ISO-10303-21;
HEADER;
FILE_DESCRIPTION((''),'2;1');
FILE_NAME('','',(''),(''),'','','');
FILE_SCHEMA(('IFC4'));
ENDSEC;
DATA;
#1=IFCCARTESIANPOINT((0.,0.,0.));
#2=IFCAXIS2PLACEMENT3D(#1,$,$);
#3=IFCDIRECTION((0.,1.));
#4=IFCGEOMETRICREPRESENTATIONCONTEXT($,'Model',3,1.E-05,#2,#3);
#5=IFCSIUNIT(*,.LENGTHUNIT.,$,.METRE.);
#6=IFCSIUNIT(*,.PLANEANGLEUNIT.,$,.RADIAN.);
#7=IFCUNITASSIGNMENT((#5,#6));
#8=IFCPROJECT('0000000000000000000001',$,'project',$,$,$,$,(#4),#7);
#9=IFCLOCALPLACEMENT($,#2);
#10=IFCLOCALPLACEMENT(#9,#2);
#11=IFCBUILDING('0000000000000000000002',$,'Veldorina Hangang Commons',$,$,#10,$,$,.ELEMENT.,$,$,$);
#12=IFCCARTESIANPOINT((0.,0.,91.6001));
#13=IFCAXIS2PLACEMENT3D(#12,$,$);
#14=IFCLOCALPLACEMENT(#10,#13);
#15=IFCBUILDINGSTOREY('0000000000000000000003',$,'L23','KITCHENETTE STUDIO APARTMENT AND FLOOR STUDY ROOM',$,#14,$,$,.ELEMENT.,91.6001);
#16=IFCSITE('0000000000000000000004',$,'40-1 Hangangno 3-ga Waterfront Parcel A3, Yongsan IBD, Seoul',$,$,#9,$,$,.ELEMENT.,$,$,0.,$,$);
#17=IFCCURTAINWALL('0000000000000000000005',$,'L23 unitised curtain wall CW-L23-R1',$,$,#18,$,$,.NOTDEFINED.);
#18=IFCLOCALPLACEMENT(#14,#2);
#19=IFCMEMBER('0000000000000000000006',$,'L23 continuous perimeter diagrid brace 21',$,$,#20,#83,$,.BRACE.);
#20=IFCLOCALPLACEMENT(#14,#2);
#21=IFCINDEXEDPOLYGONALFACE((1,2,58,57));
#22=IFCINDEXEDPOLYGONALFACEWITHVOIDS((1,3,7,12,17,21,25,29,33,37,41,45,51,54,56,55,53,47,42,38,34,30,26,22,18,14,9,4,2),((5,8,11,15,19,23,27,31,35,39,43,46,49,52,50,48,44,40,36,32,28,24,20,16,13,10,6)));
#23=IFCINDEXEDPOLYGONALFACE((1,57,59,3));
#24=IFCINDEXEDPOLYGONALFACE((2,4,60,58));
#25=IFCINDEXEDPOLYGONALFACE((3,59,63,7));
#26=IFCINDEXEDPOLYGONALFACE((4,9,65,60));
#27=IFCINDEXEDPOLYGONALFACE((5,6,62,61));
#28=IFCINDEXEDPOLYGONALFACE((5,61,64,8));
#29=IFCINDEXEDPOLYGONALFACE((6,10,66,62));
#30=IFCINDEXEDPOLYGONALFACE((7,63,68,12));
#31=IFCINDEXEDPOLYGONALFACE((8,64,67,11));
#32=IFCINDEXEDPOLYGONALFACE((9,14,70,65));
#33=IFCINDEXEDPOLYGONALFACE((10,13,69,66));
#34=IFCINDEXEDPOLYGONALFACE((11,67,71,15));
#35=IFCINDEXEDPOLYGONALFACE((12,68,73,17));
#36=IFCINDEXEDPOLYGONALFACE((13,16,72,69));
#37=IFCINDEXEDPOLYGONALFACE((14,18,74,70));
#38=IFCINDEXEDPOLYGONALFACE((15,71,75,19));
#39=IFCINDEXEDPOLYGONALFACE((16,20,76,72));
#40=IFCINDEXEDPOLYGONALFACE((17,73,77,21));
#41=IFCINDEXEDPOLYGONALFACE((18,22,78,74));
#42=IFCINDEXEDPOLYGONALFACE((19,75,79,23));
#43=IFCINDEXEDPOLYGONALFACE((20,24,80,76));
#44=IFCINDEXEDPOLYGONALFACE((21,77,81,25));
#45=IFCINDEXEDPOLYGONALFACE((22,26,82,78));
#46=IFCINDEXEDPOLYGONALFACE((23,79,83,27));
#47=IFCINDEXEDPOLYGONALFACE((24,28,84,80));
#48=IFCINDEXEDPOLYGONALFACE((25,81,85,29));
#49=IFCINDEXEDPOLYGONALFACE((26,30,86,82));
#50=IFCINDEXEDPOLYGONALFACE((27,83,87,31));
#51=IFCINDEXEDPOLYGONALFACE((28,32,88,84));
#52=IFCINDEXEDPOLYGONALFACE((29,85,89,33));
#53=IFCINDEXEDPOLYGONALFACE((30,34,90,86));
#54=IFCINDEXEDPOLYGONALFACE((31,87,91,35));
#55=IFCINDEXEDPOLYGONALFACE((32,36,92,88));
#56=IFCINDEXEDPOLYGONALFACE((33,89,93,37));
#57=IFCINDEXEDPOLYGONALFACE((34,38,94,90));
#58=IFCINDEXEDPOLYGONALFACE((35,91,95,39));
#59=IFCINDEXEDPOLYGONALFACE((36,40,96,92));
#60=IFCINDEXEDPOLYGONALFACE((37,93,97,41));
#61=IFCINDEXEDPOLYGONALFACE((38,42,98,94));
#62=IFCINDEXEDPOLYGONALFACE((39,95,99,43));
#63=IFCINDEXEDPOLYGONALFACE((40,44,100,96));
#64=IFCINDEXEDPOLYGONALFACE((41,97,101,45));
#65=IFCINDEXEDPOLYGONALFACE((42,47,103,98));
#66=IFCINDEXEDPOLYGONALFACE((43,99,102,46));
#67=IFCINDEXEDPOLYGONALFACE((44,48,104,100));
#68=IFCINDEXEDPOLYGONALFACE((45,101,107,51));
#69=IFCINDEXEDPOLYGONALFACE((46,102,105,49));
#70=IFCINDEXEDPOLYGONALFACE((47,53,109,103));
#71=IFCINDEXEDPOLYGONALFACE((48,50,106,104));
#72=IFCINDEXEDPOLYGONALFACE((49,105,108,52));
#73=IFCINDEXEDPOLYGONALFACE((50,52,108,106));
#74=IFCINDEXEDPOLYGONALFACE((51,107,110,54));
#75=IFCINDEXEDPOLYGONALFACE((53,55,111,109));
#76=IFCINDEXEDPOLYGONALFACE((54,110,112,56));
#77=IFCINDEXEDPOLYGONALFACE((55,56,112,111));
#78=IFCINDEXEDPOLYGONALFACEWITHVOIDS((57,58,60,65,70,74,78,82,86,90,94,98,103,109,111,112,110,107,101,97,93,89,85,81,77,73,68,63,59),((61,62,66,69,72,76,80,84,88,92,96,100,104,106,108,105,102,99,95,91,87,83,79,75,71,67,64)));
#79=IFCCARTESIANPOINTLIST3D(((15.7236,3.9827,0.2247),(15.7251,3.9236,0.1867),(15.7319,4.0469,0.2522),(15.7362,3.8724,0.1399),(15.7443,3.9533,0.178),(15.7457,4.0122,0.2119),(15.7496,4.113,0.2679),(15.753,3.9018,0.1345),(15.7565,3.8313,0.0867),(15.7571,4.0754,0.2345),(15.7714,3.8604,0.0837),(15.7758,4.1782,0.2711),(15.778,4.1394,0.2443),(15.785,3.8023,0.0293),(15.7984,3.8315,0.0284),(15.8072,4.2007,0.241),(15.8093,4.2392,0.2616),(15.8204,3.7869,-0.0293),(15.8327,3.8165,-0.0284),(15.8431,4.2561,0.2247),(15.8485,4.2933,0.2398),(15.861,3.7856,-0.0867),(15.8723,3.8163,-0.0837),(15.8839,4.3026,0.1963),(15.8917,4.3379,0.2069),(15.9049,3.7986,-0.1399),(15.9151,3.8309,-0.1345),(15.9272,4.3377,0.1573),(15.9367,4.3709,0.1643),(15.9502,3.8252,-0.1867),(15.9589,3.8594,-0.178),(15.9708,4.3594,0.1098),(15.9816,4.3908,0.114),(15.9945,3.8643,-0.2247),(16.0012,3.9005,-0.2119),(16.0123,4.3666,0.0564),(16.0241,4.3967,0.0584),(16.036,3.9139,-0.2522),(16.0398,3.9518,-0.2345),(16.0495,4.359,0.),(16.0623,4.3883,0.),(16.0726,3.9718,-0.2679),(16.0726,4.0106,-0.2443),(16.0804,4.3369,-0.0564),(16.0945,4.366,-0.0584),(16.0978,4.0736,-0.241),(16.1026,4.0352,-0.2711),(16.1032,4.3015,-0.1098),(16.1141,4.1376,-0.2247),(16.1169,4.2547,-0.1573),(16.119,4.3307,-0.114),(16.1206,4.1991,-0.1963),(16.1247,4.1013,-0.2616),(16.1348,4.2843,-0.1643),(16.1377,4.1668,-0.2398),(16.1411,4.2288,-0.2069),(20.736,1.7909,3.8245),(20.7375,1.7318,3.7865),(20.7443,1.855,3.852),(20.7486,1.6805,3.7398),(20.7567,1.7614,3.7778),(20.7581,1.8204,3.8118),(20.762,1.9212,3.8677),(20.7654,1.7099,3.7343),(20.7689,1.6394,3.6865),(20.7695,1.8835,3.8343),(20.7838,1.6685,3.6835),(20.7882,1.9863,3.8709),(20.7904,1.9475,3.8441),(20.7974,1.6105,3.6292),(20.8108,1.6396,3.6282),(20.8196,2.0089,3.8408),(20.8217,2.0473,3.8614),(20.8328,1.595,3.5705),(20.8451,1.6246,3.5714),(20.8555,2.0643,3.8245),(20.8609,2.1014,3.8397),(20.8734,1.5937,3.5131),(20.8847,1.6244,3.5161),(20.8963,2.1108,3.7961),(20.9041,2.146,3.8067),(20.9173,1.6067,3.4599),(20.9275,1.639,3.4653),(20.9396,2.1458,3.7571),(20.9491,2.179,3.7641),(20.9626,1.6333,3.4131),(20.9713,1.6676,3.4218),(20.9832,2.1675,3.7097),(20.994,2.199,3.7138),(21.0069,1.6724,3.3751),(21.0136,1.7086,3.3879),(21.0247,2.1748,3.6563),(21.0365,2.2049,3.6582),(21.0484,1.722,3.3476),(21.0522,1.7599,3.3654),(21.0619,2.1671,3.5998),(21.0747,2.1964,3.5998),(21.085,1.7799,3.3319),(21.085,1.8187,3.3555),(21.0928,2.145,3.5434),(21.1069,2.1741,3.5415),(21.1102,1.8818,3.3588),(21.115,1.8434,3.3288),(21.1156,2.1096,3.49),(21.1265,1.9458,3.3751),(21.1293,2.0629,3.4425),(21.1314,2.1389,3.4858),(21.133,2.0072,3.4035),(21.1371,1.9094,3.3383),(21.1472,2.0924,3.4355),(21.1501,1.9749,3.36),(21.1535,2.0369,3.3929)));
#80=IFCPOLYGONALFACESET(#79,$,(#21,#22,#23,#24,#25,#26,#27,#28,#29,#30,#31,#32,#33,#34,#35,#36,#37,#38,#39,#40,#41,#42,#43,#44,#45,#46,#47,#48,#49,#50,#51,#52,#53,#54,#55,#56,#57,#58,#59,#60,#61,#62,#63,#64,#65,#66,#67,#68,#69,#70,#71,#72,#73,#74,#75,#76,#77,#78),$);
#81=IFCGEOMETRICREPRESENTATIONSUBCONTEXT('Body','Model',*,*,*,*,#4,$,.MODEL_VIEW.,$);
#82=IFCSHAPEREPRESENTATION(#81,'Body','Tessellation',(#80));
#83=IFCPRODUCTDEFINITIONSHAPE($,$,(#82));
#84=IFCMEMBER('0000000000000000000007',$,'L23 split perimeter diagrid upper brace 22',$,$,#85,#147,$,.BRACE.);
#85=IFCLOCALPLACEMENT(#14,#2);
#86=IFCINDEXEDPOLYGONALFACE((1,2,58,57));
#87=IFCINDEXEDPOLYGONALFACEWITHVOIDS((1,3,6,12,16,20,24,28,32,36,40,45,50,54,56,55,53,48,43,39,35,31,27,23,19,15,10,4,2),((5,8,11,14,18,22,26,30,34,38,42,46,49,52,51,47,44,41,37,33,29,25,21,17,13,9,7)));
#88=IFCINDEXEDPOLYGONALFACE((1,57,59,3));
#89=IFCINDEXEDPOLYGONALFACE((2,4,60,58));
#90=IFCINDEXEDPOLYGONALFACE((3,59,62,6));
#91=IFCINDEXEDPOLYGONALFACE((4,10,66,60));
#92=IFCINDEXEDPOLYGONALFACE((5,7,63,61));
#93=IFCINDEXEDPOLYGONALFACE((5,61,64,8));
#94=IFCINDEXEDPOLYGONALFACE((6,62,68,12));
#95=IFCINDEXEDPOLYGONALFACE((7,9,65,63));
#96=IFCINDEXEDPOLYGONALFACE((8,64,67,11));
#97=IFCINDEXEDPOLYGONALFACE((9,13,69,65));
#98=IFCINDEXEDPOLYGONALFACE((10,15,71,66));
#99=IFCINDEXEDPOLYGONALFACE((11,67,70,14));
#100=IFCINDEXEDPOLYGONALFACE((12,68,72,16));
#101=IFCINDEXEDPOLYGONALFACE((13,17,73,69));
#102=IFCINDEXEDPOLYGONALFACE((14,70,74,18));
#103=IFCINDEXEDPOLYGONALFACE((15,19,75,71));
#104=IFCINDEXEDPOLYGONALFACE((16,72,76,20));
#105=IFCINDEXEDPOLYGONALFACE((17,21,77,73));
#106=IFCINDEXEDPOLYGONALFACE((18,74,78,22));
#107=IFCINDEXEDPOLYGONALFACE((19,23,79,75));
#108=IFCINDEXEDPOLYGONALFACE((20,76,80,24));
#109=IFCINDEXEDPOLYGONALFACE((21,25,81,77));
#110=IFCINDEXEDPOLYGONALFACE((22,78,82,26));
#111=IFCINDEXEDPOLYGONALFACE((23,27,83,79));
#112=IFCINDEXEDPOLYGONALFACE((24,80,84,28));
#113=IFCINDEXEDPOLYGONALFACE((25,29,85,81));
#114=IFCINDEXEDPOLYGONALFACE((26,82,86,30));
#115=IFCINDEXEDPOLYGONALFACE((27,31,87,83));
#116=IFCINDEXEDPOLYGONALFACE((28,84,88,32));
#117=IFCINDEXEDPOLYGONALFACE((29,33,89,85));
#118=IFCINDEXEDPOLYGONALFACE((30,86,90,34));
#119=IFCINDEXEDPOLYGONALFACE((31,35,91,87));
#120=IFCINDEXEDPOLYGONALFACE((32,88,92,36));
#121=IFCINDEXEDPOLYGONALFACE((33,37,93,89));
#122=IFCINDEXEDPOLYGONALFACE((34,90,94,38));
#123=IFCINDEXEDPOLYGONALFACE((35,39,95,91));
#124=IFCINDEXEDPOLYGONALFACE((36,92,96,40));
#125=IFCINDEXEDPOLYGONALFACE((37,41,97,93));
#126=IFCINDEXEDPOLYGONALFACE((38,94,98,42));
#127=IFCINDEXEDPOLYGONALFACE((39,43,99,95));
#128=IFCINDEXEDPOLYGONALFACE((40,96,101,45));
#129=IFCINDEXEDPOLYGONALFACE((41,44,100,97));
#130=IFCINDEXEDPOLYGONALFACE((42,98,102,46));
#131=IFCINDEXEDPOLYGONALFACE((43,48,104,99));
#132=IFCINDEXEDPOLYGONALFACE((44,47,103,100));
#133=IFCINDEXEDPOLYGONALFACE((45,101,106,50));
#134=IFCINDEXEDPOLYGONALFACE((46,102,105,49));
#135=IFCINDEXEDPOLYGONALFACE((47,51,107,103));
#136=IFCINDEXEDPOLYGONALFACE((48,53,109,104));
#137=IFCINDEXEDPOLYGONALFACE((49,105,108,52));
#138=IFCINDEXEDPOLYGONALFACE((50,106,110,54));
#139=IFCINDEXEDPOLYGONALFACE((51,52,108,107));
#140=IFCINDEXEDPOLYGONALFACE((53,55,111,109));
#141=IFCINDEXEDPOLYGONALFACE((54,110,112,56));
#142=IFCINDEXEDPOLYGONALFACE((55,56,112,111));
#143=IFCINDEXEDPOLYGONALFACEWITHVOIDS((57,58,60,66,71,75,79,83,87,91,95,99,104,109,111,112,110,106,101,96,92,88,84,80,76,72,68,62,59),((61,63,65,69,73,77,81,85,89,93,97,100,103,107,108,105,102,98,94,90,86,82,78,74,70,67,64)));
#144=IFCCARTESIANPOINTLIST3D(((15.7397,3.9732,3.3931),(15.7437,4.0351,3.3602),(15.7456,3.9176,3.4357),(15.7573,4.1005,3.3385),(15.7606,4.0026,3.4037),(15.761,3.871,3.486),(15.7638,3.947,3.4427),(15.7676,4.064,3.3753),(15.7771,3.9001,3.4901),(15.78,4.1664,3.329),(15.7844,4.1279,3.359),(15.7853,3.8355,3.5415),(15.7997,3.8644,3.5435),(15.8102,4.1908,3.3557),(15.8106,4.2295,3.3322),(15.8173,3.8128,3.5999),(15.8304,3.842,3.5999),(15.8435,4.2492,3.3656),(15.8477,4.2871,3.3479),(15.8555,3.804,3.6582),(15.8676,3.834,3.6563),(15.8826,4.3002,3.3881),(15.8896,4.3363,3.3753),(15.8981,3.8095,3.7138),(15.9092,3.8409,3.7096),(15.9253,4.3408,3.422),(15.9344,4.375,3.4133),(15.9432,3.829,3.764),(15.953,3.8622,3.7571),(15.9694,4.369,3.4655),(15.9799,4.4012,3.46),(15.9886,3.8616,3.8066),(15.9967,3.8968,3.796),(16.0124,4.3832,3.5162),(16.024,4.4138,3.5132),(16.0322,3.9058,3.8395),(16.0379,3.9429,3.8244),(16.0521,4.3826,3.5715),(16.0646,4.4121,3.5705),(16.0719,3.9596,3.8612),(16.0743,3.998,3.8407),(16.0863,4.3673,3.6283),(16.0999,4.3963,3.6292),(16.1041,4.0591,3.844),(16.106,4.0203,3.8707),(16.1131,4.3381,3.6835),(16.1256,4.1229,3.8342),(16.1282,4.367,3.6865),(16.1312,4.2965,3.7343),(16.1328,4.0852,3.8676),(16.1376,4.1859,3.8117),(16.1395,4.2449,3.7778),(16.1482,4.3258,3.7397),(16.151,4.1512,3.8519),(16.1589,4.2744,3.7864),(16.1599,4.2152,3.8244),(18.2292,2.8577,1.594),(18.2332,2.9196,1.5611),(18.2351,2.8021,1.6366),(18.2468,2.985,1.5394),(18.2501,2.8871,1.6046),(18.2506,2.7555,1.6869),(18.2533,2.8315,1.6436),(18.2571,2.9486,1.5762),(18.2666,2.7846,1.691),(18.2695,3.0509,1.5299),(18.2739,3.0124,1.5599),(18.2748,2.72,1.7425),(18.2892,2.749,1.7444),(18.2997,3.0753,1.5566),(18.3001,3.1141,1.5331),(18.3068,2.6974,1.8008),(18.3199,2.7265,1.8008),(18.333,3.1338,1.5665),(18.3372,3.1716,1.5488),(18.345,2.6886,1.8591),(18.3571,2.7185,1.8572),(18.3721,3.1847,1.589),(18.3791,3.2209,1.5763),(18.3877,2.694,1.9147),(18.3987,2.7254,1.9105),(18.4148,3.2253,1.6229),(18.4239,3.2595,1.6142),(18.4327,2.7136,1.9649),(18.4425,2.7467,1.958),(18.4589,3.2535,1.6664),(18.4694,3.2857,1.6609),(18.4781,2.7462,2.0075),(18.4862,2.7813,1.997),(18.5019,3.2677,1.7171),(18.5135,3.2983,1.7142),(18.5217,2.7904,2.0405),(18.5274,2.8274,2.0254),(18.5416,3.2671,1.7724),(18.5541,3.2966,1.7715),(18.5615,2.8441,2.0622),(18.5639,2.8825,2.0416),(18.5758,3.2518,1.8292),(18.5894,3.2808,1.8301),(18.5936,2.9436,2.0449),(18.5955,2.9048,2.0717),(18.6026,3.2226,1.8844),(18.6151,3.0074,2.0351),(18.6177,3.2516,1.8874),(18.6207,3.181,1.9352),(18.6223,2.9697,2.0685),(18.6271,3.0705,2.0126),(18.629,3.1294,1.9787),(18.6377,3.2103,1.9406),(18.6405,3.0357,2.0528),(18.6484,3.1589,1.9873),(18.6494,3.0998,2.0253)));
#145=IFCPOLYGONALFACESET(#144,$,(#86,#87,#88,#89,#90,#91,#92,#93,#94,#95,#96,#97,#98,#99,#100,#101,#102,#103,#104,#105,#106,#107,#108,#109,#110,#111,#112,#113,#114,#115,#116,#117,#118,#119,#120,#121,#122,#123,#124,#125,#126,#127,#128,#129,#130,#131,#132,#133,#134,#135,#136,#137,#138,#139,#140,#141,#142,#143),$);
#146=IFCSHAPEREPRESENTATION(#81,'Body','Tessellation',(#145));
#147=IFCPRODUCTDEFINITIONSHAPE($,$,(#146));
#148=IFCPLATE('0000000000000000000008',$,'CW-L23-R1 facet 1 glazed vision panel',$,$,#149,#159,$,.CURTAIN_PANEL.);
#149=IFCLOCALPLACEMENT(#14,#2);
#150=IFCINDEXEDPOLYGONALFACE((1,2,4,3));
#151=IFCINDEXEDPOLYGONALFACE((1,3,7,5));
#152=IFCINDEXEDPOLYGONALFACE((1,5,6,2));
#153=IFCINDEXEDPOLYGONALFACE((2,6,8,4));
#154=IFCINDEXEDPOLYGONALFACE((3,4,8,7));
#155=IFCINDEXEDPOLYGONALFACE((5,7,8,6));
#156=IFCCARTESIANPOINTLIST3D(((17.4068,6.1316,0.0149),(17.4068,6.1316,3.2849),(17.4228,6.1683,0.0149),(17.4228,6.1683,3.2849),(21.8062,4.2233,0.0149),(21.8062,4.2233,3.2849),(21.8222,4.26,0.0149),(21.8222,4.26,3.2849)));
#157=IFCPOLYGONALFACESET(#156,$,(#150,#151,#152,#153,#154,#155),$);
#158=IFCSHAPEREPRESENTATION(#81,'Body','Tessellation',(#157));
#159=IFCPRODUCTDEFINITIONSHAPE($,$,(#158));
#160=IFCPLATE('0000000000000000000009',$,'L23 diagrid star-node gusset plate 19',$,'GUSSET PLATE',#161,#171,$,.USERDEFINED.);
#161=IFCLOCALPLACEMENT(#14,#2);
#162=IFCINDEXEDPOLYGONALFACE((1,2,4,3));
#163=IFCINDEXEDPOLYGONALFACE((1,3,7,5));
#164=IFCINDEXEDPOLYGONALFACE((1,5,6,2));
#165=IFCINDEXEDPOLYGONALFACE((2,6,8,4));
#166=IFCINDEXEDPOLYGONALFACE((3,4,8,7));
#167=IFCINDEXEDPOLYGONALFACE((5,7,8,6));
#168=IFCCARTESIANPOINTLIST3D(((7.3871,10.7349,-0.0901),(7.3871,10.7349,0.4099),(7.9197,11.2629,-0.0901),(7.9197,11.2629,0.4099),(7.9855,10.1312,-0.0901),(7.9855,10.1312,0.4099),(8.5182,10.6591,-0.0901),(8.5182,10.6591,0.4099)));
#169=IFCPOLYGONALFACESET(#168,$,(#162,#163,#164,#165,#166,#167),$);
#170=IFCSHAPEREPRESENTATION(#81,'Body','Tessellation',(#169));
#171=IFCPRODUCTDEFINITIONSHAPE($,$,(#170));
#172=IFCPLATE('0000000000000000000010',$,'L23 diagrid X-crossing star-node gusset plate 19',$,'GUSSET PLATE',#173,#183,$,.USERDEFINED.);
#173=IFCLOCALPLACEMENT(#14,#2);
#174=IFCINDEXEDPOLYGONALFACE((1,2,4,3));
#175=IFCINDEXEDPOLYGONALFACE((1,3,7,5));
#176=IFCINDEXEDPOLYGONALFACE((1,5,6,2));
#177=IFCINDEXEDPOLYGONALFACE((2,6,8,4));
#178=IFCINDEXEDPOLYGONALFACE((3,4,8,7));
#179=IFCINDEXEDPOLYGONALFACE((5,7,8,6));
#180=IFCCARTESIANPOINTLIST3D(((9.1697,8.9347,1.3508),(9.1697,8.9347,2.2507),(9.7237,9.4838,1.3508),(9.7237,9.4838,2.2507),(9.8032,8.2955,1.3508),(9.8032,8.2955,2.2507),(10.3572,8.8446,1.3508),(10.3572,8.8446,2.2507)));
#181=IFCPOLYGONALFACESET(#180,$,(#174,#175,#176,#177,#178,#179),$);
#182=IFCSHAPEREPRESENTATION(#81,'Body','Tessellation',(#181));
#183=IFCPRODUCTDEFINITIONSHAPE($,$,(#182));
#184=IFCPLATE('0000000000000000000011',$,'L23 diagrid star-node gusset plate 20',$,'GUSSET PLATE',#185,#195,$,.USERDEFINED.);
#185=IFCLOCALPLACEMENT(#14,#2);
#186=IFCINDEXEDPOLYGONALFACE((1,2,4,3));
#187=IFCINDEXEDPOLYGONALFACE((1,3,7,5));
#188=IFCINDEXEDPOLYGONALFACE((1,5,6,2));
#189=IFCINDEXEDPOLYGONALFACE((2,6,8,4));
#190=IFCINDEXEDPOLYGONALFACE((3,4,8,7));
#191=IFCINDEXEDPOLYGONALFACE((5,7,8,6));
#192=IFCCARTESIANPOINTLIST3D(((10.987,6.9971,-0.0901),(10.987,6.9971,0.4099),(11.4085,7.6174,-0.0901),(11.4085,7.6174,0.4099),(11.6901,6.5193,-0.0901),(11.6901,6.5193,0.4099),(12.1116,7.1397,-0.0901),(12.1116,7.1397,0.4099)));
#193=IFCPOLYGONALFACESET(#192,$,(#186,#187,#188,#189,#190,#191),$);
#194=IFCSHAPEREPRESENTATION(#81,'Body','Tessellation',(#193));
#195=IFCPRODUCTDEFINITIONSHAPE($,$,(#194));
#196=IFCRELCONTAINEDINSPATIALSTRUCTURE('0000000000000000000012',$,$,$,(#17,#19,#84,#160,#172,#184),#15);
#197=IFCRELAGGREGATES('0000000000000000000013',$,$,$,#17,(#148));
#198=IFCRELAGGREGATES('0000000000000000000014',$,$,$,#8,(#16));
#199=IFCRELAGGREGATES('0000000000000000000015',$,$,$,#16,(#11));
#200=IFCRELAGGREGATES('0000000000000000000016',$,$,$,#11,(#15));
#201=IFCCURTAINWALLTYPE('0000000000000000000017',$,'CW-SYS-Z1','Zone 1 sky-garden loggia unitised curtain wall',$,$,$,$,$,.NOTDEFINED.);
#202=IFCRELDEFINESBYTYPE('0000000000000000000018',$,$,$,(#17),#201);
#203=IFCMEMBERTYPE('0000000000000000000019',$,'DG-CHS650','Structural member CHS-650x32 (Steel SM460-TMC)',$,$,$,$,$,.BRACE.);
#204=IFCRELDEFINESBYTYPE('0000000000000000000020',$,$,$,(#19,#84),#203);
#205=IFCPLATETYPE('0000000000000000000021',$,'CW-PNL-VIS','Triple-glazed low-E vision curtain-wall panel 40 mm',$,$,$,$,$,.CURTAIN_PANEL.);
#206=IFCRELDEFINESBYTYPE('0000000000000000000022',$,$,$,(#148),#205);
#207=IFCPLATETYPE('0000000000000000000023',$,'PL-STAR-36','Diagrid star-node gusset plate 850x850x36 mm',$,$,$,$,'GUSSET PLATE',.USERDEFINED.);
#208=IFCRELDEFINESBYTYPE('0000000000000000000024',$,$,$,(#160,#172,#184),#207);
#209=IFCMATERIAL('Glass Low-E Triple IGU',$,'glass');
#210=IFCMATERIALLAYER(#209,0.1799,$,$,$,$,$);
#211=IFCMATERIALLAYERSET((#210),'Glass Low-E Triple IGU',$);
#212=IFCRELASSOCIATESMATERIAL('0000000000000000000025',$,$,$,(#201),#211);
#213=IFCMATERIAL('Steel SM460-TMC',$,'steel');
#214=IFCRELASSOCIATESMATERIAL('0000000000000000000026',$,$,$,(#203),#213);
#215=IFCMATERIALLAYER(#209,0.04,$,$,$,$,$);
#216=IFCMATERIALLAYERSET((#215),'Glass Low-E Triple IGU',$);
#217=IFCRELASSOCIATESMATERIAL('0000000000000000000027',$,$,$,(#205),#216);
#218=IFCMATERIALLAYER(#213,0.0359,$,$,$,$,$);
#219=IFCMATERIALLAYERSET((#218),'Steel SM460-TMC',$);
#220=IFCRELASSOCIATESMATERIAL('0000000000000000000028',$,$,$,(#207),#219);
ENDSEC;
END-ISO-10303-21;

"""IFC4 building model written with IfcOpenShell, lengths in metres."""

from ifc_helpers import new_model, si_unit, direction, frame, origin, origin_2d, place, context, subcontext, project, spatial, rectangle, hollow_circle, extrude, material, layer, layer_set, material_profile, profile_set, type_object, element, aggregate, save


model = new_model("IFC4")

# Units and contexts
model_context = context("Model", 3, precision=1e-05, world=origin(), true_north=direction((0.0, 1.0)))
body_context = subcontext(model_context, "Body", "Model", "MODEL_VIEW")
ifc_project = project(units=[si_unit("LENGTHUNIT", "METRE"), si_unit("PLANEANGLEUNIT", "RADIAN")], contexts=[model_context])

# Site, building, storey
site_placement = place(None, origin())
site = spatial("IfcSite", under=ifc_project, at=site_placement, Name="40-1 Hangangno 3-ga Waterfront Parcel A3, Yongsan IBD, Seoul", CompositionType="ELEMENT", RefElevation=0.0)
building_placement = place(site_placement, origin())
building = spatial("IfcBuilding", under=site, at=building_placement, Name="Veldorina Hangang Commons", CompositionType="ELEMENT")
storey_placement = place(building_placement, frame((0.0, 0.0, 91.6001)))
storey = spatial("IfcBuildingStorey", under=building, at=storey_placement, Name="L23", Description="KITCHENETTE STUDIO APARTMENT AND FLOOR STUDY ROOM", CompositionType="ELEMENT", Elevation=91.6001)

# Curtain wall
ifc_material_1 = material(Name="Glass Low-E Triple IGU", Category="glass")
ifc_layer_1 = layer(ifc_material_1, 0.1799)
ifc_layer_set_1 = layer_set([ifc_layer_1], Name="Glass Low-E Triple IGU")
curtain_wall_type = type_object("IfcCurtainWallType", Name="CW-SYS-Z1", Description="Zone 1 sky-garden loggia unitised curtain wall", PredefinedType="NOTDEFINED", material=ifc_layer_set_1)
curtain_wall_placement = place(storey_placement, origin())
curtain_wall = element("IfcCurtainWall", 1, at=curtain_wall_placement, inside=storey, type_object=curtain_wall_type, Name="L23 unitised curtain wall CW-L23-R1", PredefinedType="NOTDEFINED")

# Members
ifc_material_2 = material(Name="Steel SM460-TMC", Category="steel")
ifc_material_profile_1 = material_profile(ifc_material_2, hollow_circle(Radius=0.325, WallThickness=0.032, at=origin_2d()), Name="CHS-650x32")
ifc_profile_set_1 = profile_set([ifc_material_profile_1], Name="Steel SM460-TMC")
member_type_1 = type_object("IfcMemberType", Name="DG-CHS650", Description="Structural member CHS-650x32 (Steel SM460-TMC)", PredefinedType="BRACE", material=ifc_profile_set_1)
member_1_placement = place(storey_placement, frame((15.9321, 4.0906, 0.0), z_axis=(0.765389, -0.334697, 0.549689), x_axis=(0.400657, 0.916228, 0.0)))
element("IfcMember", 2, at=member_1_placement, inside=storey, type_object=member_type_1, Name="L23 continuous perimeter diagrid brace 21", PredefinedType="BRACE", context=body_context, shape_type="SweptSolid", body=[
    extrude(hollow_circle(Radius=0.325, WallThickness=0.032, at=origin_2d()), origin(), (0.0, 0.0, 1.0), 6.5488),
])
member_2_placement = place(storey_placement, frame((18.4397, 2.9939, 1.8008), z_axis=(-0.761826, 0.341354, 0.550544), x_axis=(-0.408902, -0.912578, 0.0)))
element("IfcMember", 3, at=member_2_placement, inside=storey, type_object=member_type_1, Name="L23 split perimeter diagrid upper brace 22", PredefinedType="BRACE", context=body_context, shape_type="SweptSolid", body=[
    extrude(hollow_circle(Radius=0.325, WallThickness=0.032, at=origin_2d()), origin(), (0.0, 0.0, 1.0), 3.2678),
])

# Plate
ifc_layer_2 = layer(ifc_material_1, 0.04)
ifc_layer_set_2 = layer_set([ifc_layer_2], Name="Glass Low-E Triple IGU")
plate_type_1 = type_object("IfcPlateType", Name="CW-PNL-VIS", Description="Triple-glazed low-E vision curtain-wall panel 40 mm", PredefinedType="CURTAIN_PANEL", material=ifc_layer_set_2)
plate_1_placement = place(storey_placement, frame((19.6145, 5.1958, 0.0149), z_axis=(0.0, 0.0, 1.0), x_axis=(0.917415, -0.397933, 0.0)))
plate_1 = element("IfcPlate", 4, at=plate_1_placement, type_object=plate_type_1, Name="CW-L23-R1 facet 1 glazed vision panel", PredefinedType="CURTAIN_PANEL", context=body_context, shape_type="SweptSolid", body=[
    extrude(rectangle(XDim=4.7954, YDim=0.04, at=origin_2d()), origin(), (0.0, 0.0, 1.0), 3.27),
])
aggregate(curtain_wall, [plate_1])

# Plates
ifc_layer_3 = layer(ifc_material_2, 0.0359)
ifc_layer_set_3 = layer_set([ifc_layer_3], Name="Steel SM460-TMC")
plate_type_2 = type_object("IfcPlateType", Name="PL-STAR-36", Description="Diagrid star-node gusset plate 850x850x36 mm", ElementType="GUSSET PLATE", PredefinedType="USERDEFINED", material=ifc_layer_set_3)
plate_2_placement = place(storey_placement, frame((7.9526, 10.697, -0.0901), z_axis=(0.0, 0.0, 1.0), x_axis=(0.703978, -0.710222, 0.0)))
element("IfcPlate", 5, at=plate_2_placement, inside=storey, type_object=plate_type_2, Name="L23 diagrid star-node gusset plate 19", ObjectType="GUSSET PLATE", PredefinedType="USERDEFINED", context=body_context, shape_type="SweptSolid", body=[
    extrude(rectangle(XDim=0.8501, YDim=0.75, at=origin_2d()), origin(), (0.0, 0.0, 1.0), 0.5),
])
plate_3_placement = place(storey_placement, frame((9.7634, 8.8896, 1.3508), z_axis=(0.0, 0.0, 1.0), x_axis=(0.703978, -0.710222, 0.0)))
element("IfcPlate", 6, at=plate_3_placement, inside=storey, type_object=plate_type_2, Name="L23 diagrid X-crossing star-node gusset plate 19", ObjectType="GUSSET PLATE", PredefinedType="USERDEFINED", context=body_context, shape_type="SweptSolid", body=[
    extrude(rectangle(XDim=0.8999, YDim=0.78, at=origin_2d()), origin(), (0.0, 0.0, 1.0), 0.8999),
])
for number, where, z_axis, x_axis, name in (
    (7, (11.5493, 7.0684, -0.0901), (0.0, 0.0, 1.0), (0.827139, -0.561997, 0.0), "L23 diagrid star-node gusset plate 20"),
):
    element("IfcPlate", number, at=place(storey_placement, frame(where, z_axis=z_axis, x_axis=x_axis)), inside=storey, type_object=plate_type_2, Name=name, ObjectType="GUSSET PLATE", PredefinedType="USERDEFINED", context=body_context, shape_type="SweptSolid", body=[
        extrude(rectangle(XDim=0.8501, YDim=0.75, at=origin_2d()), origin(), (0.0, 0.0, 1.0), 0.5),
    ])

save(model, "model.ifc")
